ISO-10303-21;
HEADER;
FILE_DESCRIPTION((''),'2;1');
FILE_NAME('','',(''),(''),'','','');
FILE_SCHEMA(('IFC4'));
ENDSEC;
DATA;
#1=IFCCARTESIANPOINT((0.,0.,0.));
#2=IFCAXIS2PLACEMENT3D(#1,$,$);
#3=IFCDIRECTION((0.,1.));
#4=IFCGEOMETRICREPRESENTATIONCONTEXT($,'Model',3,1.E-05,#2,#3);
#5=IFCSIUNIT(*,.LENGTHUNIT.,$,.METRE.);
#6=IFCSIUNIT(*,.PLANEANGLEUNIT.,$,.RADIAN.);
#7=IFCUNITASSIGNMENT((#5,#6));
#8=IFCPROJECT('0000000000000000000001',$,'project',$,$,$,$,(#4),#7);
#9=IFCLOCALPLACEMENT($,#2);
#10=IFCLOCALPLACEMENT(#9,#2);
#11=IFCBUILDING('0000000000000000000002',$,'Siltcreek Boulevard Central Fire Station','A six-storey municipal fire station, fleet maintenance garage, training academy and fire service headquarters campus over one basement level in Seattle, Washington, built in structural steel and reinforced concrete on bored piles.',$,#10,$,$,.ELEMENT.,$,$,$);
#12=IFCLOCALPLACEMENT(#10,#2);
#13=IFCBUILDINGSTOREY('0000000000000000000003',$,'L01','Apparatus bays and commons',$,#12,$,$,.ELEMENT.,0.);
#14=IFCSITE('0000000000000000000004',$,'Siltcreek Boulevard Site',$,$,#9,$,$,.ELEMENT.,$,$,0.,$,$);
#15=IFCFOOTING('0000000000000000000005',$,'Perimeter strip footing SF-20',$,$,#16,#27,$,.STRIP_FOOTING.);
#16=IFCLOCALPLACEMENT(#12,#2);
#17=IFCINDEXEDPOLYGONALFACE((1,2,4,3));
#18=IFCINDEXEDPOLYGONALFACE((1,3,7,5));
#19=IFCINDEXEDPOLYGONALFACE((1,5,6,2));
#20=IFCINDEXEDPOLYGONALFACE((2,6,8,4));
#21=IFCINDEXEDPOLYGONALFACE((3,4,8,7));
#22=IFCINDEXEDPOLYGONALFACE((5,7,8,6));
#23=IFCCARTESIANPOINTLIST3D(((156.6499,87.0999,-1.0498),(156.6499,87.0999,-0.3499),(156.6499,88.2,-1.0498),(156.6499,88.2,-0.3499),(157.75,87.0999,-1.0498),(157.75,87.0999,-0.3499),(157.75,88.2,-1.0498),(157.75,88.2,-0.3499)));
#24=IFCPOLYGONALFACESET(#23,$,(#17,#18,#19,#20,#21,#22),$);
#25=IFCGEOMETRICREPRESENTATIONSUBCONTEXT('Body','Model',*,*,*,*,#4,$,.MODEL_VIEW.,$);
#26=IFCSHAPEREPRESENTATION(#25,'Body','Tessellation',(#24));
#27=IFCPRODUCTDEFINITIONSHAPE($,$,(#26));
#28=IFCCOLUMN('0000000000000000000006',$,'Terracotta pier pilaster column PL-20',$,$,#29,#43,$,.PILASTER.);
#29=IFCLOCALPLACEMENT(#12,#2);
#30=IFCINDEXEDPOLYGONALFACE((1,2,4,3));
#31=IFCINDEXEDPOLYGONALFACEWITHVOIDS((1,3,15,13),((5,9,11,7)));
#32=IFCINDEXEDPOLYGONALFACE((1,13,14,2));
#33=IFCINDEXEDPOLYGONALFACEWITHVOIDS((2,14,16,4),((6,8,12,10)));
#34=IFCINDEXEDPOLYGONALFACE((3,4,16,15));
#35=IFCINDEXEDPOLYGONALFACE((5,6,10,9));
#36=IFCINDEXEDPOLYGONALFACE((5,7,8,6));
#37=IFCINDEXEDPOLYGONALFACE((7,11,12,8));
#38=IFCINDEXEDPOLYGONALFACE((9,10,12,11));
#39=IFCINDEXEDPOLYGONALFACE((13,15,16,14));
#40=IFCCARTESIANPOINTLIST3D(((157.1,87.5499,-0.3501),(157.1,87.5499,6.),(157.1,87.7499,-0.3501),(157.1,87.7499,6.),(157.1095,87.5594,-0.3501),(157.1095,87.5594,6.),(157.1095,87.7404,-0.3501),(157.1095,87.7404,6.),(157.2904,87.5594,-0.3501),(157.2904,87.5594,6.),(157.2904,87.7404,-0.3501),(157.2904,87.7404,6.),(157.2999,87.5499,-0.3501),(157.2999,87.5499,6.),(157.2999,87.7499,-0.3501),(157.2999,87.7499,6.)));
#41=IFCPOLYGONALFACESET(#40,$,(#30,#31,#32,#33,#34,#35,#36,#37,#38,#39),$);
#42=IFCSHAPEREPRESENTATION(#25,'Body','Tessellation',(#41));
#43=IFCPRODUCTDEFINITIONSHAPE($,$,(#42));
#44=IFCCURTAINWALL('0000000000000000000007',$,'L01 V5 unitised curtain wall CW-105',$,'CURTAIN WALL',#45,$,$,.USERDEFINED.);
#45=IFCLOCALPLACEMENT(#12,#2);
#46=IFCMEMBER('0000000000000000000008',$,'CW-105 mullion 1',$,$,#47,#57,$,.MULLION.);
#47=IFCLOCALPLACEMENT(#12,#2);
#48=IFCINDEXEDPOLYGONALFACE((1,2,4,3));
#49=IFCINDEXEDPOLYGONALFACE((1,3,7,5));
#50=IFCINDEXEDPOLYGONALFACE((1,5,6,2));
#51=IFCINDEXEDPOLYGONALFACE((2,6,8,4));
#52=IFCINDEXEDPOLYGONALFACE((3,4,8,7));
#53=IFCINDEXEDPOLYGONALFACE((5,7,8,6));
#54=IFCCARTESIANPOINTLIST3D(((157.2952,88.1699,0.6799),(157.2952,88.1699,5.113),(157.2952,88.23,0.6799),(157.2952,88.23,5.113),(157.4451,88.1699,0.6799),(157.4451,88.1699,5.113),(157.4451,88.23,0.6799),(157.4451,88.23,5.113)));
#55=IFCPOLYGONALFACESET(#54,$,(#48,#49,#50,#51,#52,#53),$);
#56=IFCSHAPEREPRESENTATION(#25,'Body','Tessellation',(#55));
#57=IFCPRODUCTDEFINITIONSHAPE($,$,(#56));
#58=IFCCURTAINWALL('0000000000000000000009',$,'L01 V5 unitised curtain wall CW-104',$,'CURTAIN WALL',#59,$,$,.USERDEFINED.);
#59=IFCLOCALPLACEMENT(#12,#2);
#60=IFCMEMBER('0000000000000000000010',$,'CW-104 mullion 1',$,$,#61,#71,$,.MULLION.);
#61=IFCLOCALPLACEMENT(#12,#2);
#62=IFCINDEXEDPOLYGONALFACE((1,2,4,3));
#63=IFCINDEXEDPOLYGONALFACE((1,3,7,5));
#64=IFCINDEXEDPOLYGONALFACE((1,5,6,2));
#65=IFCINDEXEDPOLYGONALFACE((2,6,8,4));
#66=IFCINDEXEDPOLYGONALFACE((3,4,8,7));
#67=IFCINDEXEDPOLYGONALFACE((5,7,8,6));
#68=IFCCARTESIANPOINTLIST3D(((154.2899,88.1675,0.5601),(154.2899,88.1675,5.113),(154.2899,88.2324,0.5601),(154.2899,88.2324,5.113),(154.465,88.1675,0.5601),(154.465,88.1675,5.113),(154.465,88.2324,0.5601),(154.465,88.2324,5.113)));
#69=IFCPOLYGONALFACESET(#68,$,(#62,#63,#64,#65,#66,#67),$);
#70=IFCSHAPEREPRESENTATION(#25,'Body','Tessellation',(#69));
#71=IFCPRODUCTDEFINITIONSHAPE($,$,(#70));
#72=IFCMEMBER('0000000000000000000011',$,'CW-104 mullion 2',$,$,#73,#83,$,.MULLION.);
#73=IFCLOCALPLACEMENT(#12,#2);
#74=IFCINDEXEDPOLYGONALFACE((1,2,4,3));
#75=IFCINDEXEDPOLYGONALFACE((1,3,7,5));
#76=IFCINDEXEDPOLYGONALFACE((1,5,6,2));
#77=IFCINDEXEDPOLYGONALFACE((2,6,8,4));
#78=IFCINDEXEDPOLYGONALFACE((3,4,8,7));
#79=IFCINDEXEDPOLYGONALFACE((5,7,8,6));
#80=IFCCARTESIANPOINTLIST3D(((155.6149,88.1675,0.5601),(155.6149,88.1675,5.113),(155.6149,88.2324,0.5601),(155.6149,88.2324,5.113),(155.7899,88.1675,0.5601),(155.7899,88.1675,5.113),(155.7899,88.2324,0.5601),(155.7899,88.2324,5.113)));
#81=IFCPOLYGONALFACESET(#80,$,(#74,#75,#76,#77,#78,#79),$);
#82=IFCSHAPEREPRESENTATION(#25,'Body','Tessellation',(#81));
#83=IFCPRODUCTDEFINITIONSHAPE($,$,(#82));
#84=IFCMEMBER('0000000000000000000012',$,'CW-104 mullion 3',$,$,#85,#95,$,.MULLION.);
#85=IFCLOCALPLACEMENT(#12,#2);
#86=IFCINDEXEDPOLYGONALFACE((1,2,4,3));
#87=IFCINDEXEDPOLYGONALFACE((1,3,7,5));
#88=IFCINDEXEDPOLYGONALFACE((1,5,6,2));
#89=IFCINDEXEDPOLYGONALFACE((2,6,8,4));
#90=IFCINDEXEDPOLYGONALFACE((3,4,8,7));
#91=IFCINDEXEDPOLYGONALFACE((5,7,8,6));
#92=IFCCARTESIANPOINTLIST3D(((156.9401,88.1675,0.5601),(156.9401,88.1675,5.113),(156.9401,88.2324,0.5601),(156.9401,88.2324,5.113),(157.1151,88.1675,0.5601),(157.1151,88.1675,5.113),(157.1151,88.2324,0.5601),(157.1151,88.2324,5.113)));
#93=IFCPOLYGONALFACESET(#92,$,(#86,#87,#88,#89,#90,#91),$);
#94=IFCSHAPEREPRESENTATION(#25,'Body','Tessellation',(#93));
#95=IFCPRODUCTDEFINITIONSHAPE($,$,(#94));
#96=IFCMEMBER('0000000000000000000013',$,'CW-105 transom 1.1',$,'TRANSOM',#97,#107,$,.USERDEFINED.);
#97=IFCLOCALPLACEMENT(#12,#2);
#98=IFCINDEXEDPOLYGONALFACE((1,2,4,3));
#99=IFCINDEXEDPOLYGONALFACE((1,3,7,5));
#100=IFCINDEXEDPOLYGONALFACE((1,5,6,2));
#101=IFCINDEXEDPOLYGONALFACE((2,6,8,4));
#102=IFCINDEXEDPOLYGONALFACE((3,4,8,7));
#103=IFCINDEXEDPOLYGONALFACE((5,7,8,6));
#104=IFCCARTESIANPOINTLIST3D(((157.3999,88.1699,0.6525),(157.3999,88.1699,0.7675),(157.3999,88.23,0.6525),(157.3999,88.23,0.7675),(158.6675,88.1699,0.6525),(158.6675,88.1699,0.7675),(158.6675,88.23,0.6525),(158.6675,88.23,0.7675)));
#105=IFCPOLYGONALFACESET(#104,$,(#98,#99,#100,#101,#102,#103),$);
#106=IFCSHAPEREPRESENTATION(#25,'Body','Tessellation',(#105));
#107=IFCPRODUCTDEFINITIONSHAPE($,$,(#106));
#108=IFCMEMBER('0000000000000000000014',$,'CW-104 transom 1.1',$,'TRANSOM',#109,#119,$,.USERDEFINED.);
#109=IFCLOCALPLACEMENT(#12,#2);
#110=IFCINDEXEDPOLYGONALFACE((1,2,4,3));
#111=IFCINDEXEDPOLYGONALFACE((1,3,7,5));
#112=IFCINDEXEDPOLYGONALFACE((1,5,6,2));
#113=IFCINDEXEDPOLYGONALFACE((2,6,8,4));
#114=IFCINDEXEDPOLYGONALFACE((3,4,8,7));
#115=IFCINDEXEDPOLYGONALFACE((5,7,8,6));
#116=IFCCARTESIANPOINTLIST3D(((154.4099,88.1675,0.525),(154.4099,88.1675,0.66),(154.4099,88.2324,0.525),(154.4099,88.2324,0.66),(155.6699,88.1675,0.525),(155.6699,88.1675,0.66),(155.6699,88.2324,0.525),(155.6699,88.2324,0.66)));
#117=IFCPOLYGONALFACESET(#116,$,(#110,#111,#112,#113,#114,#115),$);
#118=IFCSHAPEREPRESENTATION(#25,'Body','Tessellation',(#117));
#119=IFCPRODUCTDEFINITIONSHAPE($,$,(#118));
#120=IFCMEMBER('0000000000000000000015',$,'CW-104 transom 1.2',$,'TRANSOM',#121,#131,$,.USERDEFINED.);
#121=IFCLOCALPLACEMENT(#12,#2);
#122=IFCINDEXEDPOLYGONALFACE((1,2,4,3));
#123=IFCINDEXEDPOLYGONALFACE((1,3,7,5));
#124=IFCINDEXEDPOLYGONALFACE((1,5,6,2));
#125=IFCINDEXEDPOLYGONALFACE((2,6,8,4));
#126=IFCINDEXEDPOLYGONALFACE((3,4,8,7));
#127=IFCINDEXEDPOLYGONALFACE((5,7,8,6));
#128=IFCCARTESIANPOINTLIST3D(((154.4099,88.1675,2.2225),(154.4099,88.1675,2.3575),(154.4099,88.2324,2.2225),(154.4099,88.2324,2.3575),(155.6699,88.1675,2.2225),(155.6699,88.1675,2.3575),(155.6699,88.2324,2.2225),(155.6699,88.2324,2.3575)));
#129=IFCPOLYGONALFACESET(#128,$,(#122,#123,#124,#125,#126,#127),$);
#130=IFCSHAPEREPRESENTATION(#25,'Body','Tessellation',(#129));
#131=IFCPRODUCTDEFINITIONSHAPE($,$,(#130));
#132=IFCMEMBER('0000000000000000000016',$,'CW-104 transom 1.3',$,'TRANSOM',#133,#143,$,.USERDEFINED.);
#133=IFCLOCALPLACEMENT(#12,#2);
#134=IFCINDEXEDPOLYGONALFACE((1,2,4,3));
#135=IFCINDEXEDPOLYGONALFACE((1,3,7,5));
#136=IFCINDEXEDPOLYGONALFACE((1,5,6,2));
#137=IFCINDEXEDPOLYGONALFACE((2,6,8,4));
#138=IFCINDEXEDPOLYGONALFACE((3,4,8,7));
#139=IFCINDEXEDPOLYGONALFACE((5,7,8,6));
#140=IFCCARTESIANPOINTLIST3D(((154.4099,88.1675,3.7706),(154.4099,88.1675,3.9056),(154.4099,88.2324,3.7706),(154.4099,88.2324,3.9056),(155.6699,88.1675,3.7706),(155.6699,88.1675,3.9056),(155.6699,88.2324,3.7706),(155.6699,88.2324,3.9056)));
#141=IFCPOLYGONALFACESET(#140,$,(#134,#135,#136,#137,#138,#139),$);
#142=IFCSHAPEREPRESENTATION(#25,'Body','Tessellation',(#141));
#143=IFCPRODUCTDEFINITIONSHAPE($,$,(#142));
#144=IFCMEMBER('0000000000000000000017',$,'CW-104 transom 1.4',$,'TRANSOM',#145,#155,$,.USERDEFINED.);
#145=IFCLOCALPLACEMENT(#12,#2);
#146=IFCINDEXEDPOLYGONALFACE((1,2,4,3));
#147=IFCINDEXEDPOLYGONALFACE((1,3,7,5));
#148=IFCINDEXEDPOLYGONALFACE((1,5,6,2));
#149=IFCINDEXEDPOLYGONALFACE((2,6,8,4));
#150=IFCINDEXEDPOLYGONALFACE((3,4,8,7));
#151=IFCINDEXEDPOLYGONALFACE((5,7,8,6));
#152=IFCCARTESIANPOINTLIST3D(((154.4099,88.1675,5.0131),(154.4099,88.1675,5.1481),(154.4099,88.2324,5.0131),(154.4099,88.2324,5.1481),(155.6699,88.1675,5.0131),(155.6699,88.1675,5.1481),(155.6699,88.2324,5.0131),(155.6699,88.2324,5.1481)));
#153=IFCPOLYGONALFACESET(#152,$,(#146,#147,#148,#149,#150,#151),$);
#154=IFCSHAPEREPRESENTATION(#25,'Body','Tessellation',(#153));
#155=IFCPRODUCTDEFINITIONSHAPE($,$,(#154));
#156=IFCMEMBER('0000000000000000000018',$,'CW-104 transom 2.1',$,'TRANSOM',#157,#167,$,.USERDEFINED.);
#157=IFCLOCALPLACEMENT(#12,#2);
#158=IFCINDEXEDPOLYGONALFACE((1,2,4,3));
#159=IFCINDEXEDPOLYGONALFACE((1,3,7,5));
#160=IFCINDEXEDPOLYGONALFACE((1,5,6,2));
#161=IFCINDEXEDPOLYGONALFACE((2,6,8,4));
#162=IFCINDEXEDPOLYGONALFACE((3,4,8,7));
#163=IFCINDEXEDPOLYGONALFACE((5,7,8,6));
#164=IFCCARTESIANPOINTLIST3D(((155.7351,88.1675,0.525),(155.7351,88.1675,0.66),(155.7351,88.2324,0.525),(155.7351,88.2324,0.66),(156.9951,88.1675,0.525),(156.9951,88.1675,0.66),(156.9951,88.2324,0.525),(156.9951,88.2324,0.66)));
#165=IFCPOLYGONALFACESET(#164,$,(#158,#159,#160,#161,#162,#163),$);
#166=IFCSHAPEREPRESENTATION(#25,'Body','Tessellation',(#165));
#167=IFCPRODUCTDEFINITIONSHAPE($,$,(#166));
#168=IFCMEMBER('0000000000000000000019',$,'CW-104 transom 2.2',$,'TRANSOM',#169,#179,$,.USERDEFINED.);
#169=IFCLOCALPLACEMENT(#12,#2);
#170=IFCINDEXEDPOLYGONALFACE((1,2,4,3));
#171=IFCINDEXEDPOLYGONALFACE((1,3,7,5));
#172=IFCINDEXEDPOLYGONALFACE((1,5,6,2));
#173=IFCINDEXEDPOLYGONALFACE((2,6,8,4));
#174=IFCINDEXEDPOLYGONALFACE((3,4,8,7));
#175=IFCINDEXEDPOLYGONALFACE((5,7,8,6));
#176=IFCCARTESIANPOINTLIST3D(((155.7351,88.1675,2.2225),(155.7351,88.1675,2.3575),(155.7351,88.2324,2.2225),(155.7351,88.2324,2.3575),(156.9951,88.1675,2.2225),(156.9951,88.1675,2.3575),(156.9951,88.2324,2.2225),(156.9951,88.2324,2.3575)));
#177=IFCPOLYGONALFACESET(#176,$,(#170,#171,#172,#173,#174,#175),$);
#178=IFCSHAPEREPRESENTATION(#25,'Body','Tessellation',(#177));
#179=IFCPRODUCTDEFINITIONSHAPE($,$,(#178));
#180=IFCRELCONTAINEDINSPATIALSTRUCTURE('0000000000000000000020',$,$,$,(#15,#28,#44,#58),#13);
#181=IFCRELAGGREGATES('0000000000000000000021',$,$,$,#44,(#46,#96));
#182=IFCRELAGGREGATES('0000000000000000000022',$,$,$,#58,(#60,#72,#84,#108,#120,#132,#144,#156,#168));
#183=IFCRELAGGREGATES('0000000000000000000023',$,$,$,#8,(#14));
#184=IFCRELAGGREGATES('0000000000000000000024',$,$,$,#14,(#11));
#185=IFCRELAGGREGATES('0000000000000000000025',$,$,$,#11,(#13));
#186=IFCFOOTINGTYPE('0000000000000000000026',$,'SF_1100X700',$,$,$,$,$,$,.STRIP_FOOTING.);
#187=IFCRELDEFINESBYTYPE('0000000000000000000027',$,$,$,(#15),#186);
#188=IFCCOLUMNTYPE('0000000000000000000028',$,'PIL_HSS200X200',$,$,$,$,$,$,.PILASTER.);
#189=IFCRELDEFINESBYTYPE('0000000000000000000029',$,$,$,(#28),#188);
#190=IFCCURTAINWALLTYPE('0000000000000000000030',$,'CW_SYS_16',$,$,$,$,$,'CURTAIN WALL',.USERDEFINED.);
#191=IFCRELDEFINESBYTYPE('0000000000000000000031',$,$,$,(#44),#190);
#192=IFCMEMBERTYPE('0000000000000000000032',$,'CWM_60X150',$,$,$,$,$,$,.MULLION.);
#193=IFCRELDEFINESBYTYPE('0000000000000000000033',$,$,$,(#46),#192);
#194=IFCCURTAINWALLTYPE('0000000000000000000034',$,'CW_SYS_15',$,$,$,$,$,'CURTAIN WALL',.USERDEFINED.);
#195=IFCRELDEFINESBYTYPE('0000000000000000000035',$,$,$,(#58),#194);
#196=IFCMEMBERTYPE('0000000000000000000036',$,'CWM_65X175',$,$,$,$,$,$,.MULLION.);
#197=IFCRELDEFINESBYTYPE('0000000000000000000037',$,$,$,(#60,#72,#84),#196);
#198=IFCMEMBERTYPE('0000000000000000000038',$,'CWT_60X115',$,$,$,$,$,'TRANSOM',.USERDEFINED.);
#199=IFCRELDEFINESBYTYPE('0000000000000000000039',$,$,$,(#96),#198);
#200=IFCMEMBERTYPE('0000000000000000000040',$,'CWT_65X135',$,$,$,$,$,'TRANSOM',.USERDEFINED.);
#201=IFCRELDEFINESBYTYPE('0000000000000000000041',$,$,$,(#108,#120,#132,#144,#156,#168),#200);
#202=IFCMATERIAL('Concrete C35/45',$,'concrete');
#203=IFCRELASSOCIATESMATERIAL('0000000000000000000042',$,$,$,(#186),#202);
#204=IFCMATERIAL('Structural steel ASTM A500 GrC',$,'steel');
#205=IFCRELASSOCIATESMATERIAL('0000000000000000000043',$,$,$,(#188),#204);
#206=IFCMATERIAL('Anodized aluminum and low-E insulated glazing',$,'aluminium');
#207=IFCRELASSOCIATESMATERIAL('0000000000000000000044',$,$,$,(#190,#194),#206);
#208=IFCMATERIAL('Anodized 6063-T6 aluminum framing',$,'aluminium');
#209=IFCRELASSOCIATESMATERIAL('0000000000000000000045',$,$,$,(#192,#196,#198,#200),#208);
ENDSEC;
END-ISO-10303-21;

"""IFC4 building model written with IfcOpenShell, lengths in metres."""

from ifc_helpers import new_model, si_unit, direction, frame, origin, origin_2d, place, context, subcontext, project, spatial, rectangle, hollow_rectangle, extrude, material, material_profile, profile_set, type_object, element, aggregate, save


model = new_model("IFC4")

# Units and contexts
model_context = context("Model", 3, precision=1e-05, world=origin(), true_north=direction((0.0, 1.0)))
body_context = subcontext(model_context, "Body", "Model", "MODEL_VIEW")
ifc_project = project(units=[si_unit("LENGTHUNIT", "METRE"), si_unit("PLANEANGLEUNIT", "RADIAN")], contexts=[model_context])

# Site, building, storey
site_placement = place(None, origin())
site = spatial("IfcSite", under=ifc_project, at=site_placement, Name="Siltcreek Boulevard Site", CompositionType="ELEMENT", RefElevation=0.0)
building_placement = place(site_placement, origin())
building = spatial("IfcBuilding", under=site, at=building_placement, Name="Siltcreek Boulevard Central Fire Station", Description="A six-storey municipal fire station, fleet maintenance garage, training academy and fire service headquarters campus over one basement level in Seattle, Washington, built in structural steel and reinforced concrete on bored piles.", CompositionType="ELEMENT")
storey_placement = place(building_placement, origin())
storey = spatial("IfcBuildingStorey", under=building, at=storey_placement, Name="L01", Description="Apparatus bays and commons", CompositionType="ELEMENT", Elevation=0.0)

# Footing
ifc_material_1 = material(Name="Concrete C35/45", Category="concrete")
footing_type = type_object("IfcFootingType", Name="SF_1100X700", PredefinedType="STRIP_FOOTING", material=ifc_material_1)
footing_placement = place(storey_placement, frame((157.2, 87.6499, -1.0498), z_axis=(0.0, 0.0, 1.0), x_axis=(1.0, 0.0, 0.0)))
element("IfcFooting", 1, at=footing_placement, inside=storey, type_object=footing_type, Name="Perimeter strip footing SF-20", PredefinedType="STRIP_FOOTING", context=body_context, shape_type="SweptSolid", body=[
    extrude(rectangle(XDim=1.1001, YDim=1.1001, at=origin_2d()), origin(), (0.0, 0.0, 1.0), 0.7),
])

# Column
ifc_material_2 = material(Name="Structural steel ASTM A500 GrC", Category="steel")
ifc_material_profile_1 = material_profile(ifc_material_2, hollow_rectangle(XDim=0.2, YDim=0.2, WallThickness=0.0095, at=origin_2d()), Name="HSS200X200X9.5")
ifc_profile_set_1 = profile_set([ifc_material_profile_1], Name="Structural steel ASTM A500 GrC")
column_type = type_object("IfcColumnType", Name="PIL_HSS200X200", PredefinedType="PILASTER", material=ifc_profile_set_1)
column_placement = place(storey_placement, frame((157.2, 87.6499, -0.3501), z_axis=(0.0, 0.0, 1.0), x_axis=(1.0, 0.0, 0.0)))
element("IfcColumn", 2, at=column_placement, inside=storey, type_object=column_type, Name="Terracotta pier pilaster column PL-20", PredefinedType="PILASTER", context=body_context, shape_type="SweptSolid", body=[
    extrude(hollow_rectangle(XDim=0.2, YDim=0.2, WallThickness=0.0095, at=origin_2d()), origin(), (0.0, 0.0, 1.0), 6.3501),
])

# Curtain wall, member
ifc_material_3 = material(Name="Anodized aluminum and low-E insulated glazing", Category="aluminium")
curtain_wall_type_1 = type_object("IfcCurtainWallType", Name="CW_SYS_16", ElementType="CURTAIN WALL", PredefinedType="USERDEFINED", material=ifc_material_3)
curtain_wall_1_placement = place(storey_placement, origin())
curtain_wall_1 = element("IfcCurtainWall", 3, at=curtain_wall_1_placement, inside=storey, type_object=curtain_wall_type_1, Name="L01 V5 unitised curtain wall CW-105", ObjectType="CURTAIN WALL", PredefinedType="USERDEFINED")
ifc_material_4 = material(Name="Anodized 6063-T6 aluminum framing", Category="aluminium")
ifc_material_profile_2 = material_profile(ifc_material_4, rectangle(XDim=0.0601, YDim=0.1499, at=origin_2d()), Name="MULL60X150")
ifc_profile_set_2 = profile_set([ifc_material_profile_2], Name="Anodized 6063-T6 aluminum framing")
member_type_1 = type_object("IfcMemberType", Name="CWM_60X150", PredefinedType="MULLION", material=ifc_profile_set_2)
member_1_placement = place(storey_placement, frame((157.3701, 88.2, 0.6799), z_axis=(0.0, 0.0, 1.0), x_axis=(0.0, 1.0, 0.0)))
member_1 = element("IfcMember", 4, at=member_1_placement, type_object=member_type_1, Name="CW-105 mullion 1", PredefinedType="MULLION", context=body_context, shape_type="SweptSolid", body=[
    extrude(rectangle(XDim=0.0601, YDim=0.1499, at=origin_2d()), origin(), (0.0, 0.0, 1.0), 4.4331),
])

# Curtain wall, members
curtain_wall_type_2 = type_object("IfcCurtainWallType", Name="CW_SYS_15", ElementType="CURTAIN WALL", PredefinedType="USERDEFINED", material=ifc_material_3)
curtain_wall_2_placement = place(storey_placement, origin())
curtain_wall_2 = element("IfcCurtainWall", 5, at=curtain_wall_2_placement, inside=storey, type_object=curtain_wall_type_2, Name="L01 V5 unitised curtain wall CW-104", ObjectType="CURTAIN WALL", PredefinedType="USERDEFINED")
ifc_material_profile_3 = material_profile(ifc_material_4, rectangle(XDim=0.0649, YDim=0.175, at=origin_2d()), Name="MULL65X175")
ifc_profile_set_3 = profile_set([ifc_material_profile_3], Name="Anodized 6063-T6 aluminum framing")
member_type_2 = type_object("IfcMemberType", Name="CWM_65X175", PredefinedType="MULLION", material=ifc_profile_set_3)
member_2_placement = place(storey_placement, frame((154.3774, 88.2, 0.5601), z_axis=(0.0, 0.0, 1.0), x_axis=(0.0, 1.0, 0.0)))
member_2 = element("IfcMember", 6, at=member_2_placement, type_object=member_type_2, Name="CW-104 mullion 1", PredefinedType="MULLION", context=body_context, shape_type="SweptSolid", body=[
    extrude(rectangle(XDim=0.0649, YDim=0.175, at=origin_2d()), origin(), (0.0, 0.0, 1.0), 4.553),
])
member_3_placement = place(storey_placement, frame((155.7024, 88.2, 0.5601), z_axis=(0.0, 0.0, 1.0), x_axis=(0.0, 1.0, 0.0)))
member_3 = element("IfcMember", 7, at=member_3_placement, type_object=member_type_2, Name="CW-104 mullion 2", PredefinedType="MULLION", context=body_context, shape_type="SweptSolid", body=[
    extrude(rectangle(XDim=0.0649, YDim=0.175, at=origin_2d()), origin(), (0.0, 0.0, 1.0), 4.553),
])
member_4_placement = place(storey_placement, frame((157.0276, 88.2, 0.5601), z_axis=(0.0, 0.0, 1.0), x_axis=(0.0, 1.0, 0.0)))
member_4 = element("IfcMember", 8, at=member_4_placement, type_object=member_type_2, Name="CW-104 mullion 3", PredefinedType="MULLION", context=body_context, shape_type="SweptSolid", body=[
    extrude(rectangle(XDim=0.0649, YDim=0.175, at=origin_2d()), origin(), (0.0, 0.0, 1.0), 4.553),
])

# Members
ifc_material_profile_4 = material_profile(ifc_material_4, rectangle(XDim=0.0601, YDim=0.115, at=origin_2d()), Name="TRAN60X115")
ifc_profile_set_4 = profile_set([ifc_material_profile_4], Name="Anodized 6063-T6 aluminum framing")
member_type_3 = type_object("IfcMemberType", Name="CWT_60X115", ElementType="TRANSOM", PredefinedType="USERDEFINED", material=ifc_profile_set_4)
member_5_placement = place(storey_placement, frame((157.3999, 88.2, 0.71), z_axis=(1.0, 0.0, 0.0), x_axis=(0.0, 1.0, 0.0)))
member_5 = element("IfcMember", 9, at=member_5_placement, type_object=member_type_3, Name="CW-105 transom 1.1", ObjectType="TRANSOM", PredefinedType="USERDEFINED", context=body_context, shape_type="SweptSolid", body=[
    extrude(rectangle(XDim=0.0601, YDim=0.115, at=origin_2d()), origin(), (0.0, 0.0, 1.0), 1.2676),
])
aggregate(curtain_wall_1, [member_1, member_5])
ifc_material_profile_5 = material_profile(ifc_material_4, rectangle(XDim=0.0649, YDim=0.135, at=origin_2d()), Name="TRAN65X135")
ifc_profile_set_5 = profile_set([ifc_material_profile_5], Name="Anodized 6063-T6 aluminum framing")
member_type_4 = type_object("IfcMemberType", Name="CWT_65X135", ElementType="TRANSOM", PredefinedType="USERDEFINED", material=ifc_profile_set_5)
member_6_placement = place(storey_placement, frame((154.4099, 88.2, 0.5925), z_axis=(1.0, 0.0, 0.0), x_axis=(0.0, 1.0, 0.0)))
member_6 = element("IfcMember", 10, at=member_6_placement, type_object=member_type_4, Name="CW-104 transom 1.1", ObjectType="TRANSOM", PredefinedType="USERDEFINED", context=body_context, shape_type="SweptSolid", body=[
    extrude(rectangle(XDim=0.0649, YDim=0.135, at=origin_2d()), origin(), (0.0, 0.0, 1.0), 1.26),
])
member_7_placement = place(storey_placement, frame((154.4099, 88.2, 2.29), z_axis=(1.0, 0.0, 0.0), x_axis=(0.0, 1.0, 0.0)))
member_7 = element("IfcMember", 11, at=member_7_placement, type_object=member_type_4, Name="CW-104 transom 1.2", ObjectType="TRANSOM", PredefinedType="USERDEFINED", context=body_context, shape_type="SweptSolid", body=[
    extrude(rectangle(XDim=0.0649, YDim=0.135, at=origin_2d()), origin(), (0.0, 0.0, 1.0), 1.26),
])
member_8_placement = place(storey_placement, frame((154.4099, 88.2, 3.8381), z_axis=(1.0, 0.0, 0.0), x_axis=(0.0, 1.0, 0.0)))
member_8 = element("IfcMember", 12, at=member_8_placement, type_object=member_type_4, Name="CW-104 transom 1.3", ObjectType="TRANSOM", PredefinedType="USERDEFINED", context=body_context, shape_type="SweptSolid", body=[
    extrude(rectangle(XDim=0.0649, YDim=0.135, at=origin_2d()), origin(), (0.0, 0.0, 1.0), 1.26),
])
member_9_placement = place(storey_placement, frame((154.4099, 88.2, 5.0806), z_axis=(1.0, 0.0, 0.0), x_axis=(0.0, 1.0, 0.0)))
member_9 = element("IfcMember", 13, at=member_9_placement, type_object=member_type_4, Name="CW-104 transom 1.4", ObjectType="TRANSOM", PredefinedType="USERDEFINED", context=body_context, shape_type="SweptSolid", body=[
    extrude(rectangle(XDim=0.0649, YDim=0.135, at=origin_2d()), origin(), (0.0, 0.0, 1.0), 1.26),
])
member_10_placement = place(storey_placement, frame((155.7351, 88.2, 0.5925), z_axis=(1.0, 0.0, 0.0), x_axis=(0.0, 1.0, 0.0)))
member_10 = element("IfcMember", 14, at=member_10_placement, type_object=member_type_4, Name="CW-104 transom 2.1", ObjectType="TRANSOM", PredefinedType="USERDEFINED", context=body_context, shape_type="SweptSolid", body=[
    extrude(rectangle(XDim=0.0649, YDim=0.135, at=origin_2d()), origin(), (0.0, 0.0, 1.0), 1.26),
])
member_11_placement = place(storey_placement, frame((155.7351, 88.2, 2.29), z_axis=(1.0, 0.0, 0.0), x_axis=(0.0, 1.0, 0.0)))
member_11 = element("IfcMember", 15, at=member_11_placement, type_object=member_type_4, Name="CW-104 transom 2.2", ObjectType="TRANSOM", PredefinedType="USERDEFINED", context=body_context, shape_type="SweptSolid", body=[
    extrude(rectangle(XDim=0.0649, YDim=0.135, at=origin_2d()), origin(), (0.0, 0.0, 1.0), 1.26),
])

aggregate(curtain_wall_2, [member_2, member_3, member_4, member_6, member_7, member_8, member_9, member_10, member_11])

save(model, "model.ifc")
